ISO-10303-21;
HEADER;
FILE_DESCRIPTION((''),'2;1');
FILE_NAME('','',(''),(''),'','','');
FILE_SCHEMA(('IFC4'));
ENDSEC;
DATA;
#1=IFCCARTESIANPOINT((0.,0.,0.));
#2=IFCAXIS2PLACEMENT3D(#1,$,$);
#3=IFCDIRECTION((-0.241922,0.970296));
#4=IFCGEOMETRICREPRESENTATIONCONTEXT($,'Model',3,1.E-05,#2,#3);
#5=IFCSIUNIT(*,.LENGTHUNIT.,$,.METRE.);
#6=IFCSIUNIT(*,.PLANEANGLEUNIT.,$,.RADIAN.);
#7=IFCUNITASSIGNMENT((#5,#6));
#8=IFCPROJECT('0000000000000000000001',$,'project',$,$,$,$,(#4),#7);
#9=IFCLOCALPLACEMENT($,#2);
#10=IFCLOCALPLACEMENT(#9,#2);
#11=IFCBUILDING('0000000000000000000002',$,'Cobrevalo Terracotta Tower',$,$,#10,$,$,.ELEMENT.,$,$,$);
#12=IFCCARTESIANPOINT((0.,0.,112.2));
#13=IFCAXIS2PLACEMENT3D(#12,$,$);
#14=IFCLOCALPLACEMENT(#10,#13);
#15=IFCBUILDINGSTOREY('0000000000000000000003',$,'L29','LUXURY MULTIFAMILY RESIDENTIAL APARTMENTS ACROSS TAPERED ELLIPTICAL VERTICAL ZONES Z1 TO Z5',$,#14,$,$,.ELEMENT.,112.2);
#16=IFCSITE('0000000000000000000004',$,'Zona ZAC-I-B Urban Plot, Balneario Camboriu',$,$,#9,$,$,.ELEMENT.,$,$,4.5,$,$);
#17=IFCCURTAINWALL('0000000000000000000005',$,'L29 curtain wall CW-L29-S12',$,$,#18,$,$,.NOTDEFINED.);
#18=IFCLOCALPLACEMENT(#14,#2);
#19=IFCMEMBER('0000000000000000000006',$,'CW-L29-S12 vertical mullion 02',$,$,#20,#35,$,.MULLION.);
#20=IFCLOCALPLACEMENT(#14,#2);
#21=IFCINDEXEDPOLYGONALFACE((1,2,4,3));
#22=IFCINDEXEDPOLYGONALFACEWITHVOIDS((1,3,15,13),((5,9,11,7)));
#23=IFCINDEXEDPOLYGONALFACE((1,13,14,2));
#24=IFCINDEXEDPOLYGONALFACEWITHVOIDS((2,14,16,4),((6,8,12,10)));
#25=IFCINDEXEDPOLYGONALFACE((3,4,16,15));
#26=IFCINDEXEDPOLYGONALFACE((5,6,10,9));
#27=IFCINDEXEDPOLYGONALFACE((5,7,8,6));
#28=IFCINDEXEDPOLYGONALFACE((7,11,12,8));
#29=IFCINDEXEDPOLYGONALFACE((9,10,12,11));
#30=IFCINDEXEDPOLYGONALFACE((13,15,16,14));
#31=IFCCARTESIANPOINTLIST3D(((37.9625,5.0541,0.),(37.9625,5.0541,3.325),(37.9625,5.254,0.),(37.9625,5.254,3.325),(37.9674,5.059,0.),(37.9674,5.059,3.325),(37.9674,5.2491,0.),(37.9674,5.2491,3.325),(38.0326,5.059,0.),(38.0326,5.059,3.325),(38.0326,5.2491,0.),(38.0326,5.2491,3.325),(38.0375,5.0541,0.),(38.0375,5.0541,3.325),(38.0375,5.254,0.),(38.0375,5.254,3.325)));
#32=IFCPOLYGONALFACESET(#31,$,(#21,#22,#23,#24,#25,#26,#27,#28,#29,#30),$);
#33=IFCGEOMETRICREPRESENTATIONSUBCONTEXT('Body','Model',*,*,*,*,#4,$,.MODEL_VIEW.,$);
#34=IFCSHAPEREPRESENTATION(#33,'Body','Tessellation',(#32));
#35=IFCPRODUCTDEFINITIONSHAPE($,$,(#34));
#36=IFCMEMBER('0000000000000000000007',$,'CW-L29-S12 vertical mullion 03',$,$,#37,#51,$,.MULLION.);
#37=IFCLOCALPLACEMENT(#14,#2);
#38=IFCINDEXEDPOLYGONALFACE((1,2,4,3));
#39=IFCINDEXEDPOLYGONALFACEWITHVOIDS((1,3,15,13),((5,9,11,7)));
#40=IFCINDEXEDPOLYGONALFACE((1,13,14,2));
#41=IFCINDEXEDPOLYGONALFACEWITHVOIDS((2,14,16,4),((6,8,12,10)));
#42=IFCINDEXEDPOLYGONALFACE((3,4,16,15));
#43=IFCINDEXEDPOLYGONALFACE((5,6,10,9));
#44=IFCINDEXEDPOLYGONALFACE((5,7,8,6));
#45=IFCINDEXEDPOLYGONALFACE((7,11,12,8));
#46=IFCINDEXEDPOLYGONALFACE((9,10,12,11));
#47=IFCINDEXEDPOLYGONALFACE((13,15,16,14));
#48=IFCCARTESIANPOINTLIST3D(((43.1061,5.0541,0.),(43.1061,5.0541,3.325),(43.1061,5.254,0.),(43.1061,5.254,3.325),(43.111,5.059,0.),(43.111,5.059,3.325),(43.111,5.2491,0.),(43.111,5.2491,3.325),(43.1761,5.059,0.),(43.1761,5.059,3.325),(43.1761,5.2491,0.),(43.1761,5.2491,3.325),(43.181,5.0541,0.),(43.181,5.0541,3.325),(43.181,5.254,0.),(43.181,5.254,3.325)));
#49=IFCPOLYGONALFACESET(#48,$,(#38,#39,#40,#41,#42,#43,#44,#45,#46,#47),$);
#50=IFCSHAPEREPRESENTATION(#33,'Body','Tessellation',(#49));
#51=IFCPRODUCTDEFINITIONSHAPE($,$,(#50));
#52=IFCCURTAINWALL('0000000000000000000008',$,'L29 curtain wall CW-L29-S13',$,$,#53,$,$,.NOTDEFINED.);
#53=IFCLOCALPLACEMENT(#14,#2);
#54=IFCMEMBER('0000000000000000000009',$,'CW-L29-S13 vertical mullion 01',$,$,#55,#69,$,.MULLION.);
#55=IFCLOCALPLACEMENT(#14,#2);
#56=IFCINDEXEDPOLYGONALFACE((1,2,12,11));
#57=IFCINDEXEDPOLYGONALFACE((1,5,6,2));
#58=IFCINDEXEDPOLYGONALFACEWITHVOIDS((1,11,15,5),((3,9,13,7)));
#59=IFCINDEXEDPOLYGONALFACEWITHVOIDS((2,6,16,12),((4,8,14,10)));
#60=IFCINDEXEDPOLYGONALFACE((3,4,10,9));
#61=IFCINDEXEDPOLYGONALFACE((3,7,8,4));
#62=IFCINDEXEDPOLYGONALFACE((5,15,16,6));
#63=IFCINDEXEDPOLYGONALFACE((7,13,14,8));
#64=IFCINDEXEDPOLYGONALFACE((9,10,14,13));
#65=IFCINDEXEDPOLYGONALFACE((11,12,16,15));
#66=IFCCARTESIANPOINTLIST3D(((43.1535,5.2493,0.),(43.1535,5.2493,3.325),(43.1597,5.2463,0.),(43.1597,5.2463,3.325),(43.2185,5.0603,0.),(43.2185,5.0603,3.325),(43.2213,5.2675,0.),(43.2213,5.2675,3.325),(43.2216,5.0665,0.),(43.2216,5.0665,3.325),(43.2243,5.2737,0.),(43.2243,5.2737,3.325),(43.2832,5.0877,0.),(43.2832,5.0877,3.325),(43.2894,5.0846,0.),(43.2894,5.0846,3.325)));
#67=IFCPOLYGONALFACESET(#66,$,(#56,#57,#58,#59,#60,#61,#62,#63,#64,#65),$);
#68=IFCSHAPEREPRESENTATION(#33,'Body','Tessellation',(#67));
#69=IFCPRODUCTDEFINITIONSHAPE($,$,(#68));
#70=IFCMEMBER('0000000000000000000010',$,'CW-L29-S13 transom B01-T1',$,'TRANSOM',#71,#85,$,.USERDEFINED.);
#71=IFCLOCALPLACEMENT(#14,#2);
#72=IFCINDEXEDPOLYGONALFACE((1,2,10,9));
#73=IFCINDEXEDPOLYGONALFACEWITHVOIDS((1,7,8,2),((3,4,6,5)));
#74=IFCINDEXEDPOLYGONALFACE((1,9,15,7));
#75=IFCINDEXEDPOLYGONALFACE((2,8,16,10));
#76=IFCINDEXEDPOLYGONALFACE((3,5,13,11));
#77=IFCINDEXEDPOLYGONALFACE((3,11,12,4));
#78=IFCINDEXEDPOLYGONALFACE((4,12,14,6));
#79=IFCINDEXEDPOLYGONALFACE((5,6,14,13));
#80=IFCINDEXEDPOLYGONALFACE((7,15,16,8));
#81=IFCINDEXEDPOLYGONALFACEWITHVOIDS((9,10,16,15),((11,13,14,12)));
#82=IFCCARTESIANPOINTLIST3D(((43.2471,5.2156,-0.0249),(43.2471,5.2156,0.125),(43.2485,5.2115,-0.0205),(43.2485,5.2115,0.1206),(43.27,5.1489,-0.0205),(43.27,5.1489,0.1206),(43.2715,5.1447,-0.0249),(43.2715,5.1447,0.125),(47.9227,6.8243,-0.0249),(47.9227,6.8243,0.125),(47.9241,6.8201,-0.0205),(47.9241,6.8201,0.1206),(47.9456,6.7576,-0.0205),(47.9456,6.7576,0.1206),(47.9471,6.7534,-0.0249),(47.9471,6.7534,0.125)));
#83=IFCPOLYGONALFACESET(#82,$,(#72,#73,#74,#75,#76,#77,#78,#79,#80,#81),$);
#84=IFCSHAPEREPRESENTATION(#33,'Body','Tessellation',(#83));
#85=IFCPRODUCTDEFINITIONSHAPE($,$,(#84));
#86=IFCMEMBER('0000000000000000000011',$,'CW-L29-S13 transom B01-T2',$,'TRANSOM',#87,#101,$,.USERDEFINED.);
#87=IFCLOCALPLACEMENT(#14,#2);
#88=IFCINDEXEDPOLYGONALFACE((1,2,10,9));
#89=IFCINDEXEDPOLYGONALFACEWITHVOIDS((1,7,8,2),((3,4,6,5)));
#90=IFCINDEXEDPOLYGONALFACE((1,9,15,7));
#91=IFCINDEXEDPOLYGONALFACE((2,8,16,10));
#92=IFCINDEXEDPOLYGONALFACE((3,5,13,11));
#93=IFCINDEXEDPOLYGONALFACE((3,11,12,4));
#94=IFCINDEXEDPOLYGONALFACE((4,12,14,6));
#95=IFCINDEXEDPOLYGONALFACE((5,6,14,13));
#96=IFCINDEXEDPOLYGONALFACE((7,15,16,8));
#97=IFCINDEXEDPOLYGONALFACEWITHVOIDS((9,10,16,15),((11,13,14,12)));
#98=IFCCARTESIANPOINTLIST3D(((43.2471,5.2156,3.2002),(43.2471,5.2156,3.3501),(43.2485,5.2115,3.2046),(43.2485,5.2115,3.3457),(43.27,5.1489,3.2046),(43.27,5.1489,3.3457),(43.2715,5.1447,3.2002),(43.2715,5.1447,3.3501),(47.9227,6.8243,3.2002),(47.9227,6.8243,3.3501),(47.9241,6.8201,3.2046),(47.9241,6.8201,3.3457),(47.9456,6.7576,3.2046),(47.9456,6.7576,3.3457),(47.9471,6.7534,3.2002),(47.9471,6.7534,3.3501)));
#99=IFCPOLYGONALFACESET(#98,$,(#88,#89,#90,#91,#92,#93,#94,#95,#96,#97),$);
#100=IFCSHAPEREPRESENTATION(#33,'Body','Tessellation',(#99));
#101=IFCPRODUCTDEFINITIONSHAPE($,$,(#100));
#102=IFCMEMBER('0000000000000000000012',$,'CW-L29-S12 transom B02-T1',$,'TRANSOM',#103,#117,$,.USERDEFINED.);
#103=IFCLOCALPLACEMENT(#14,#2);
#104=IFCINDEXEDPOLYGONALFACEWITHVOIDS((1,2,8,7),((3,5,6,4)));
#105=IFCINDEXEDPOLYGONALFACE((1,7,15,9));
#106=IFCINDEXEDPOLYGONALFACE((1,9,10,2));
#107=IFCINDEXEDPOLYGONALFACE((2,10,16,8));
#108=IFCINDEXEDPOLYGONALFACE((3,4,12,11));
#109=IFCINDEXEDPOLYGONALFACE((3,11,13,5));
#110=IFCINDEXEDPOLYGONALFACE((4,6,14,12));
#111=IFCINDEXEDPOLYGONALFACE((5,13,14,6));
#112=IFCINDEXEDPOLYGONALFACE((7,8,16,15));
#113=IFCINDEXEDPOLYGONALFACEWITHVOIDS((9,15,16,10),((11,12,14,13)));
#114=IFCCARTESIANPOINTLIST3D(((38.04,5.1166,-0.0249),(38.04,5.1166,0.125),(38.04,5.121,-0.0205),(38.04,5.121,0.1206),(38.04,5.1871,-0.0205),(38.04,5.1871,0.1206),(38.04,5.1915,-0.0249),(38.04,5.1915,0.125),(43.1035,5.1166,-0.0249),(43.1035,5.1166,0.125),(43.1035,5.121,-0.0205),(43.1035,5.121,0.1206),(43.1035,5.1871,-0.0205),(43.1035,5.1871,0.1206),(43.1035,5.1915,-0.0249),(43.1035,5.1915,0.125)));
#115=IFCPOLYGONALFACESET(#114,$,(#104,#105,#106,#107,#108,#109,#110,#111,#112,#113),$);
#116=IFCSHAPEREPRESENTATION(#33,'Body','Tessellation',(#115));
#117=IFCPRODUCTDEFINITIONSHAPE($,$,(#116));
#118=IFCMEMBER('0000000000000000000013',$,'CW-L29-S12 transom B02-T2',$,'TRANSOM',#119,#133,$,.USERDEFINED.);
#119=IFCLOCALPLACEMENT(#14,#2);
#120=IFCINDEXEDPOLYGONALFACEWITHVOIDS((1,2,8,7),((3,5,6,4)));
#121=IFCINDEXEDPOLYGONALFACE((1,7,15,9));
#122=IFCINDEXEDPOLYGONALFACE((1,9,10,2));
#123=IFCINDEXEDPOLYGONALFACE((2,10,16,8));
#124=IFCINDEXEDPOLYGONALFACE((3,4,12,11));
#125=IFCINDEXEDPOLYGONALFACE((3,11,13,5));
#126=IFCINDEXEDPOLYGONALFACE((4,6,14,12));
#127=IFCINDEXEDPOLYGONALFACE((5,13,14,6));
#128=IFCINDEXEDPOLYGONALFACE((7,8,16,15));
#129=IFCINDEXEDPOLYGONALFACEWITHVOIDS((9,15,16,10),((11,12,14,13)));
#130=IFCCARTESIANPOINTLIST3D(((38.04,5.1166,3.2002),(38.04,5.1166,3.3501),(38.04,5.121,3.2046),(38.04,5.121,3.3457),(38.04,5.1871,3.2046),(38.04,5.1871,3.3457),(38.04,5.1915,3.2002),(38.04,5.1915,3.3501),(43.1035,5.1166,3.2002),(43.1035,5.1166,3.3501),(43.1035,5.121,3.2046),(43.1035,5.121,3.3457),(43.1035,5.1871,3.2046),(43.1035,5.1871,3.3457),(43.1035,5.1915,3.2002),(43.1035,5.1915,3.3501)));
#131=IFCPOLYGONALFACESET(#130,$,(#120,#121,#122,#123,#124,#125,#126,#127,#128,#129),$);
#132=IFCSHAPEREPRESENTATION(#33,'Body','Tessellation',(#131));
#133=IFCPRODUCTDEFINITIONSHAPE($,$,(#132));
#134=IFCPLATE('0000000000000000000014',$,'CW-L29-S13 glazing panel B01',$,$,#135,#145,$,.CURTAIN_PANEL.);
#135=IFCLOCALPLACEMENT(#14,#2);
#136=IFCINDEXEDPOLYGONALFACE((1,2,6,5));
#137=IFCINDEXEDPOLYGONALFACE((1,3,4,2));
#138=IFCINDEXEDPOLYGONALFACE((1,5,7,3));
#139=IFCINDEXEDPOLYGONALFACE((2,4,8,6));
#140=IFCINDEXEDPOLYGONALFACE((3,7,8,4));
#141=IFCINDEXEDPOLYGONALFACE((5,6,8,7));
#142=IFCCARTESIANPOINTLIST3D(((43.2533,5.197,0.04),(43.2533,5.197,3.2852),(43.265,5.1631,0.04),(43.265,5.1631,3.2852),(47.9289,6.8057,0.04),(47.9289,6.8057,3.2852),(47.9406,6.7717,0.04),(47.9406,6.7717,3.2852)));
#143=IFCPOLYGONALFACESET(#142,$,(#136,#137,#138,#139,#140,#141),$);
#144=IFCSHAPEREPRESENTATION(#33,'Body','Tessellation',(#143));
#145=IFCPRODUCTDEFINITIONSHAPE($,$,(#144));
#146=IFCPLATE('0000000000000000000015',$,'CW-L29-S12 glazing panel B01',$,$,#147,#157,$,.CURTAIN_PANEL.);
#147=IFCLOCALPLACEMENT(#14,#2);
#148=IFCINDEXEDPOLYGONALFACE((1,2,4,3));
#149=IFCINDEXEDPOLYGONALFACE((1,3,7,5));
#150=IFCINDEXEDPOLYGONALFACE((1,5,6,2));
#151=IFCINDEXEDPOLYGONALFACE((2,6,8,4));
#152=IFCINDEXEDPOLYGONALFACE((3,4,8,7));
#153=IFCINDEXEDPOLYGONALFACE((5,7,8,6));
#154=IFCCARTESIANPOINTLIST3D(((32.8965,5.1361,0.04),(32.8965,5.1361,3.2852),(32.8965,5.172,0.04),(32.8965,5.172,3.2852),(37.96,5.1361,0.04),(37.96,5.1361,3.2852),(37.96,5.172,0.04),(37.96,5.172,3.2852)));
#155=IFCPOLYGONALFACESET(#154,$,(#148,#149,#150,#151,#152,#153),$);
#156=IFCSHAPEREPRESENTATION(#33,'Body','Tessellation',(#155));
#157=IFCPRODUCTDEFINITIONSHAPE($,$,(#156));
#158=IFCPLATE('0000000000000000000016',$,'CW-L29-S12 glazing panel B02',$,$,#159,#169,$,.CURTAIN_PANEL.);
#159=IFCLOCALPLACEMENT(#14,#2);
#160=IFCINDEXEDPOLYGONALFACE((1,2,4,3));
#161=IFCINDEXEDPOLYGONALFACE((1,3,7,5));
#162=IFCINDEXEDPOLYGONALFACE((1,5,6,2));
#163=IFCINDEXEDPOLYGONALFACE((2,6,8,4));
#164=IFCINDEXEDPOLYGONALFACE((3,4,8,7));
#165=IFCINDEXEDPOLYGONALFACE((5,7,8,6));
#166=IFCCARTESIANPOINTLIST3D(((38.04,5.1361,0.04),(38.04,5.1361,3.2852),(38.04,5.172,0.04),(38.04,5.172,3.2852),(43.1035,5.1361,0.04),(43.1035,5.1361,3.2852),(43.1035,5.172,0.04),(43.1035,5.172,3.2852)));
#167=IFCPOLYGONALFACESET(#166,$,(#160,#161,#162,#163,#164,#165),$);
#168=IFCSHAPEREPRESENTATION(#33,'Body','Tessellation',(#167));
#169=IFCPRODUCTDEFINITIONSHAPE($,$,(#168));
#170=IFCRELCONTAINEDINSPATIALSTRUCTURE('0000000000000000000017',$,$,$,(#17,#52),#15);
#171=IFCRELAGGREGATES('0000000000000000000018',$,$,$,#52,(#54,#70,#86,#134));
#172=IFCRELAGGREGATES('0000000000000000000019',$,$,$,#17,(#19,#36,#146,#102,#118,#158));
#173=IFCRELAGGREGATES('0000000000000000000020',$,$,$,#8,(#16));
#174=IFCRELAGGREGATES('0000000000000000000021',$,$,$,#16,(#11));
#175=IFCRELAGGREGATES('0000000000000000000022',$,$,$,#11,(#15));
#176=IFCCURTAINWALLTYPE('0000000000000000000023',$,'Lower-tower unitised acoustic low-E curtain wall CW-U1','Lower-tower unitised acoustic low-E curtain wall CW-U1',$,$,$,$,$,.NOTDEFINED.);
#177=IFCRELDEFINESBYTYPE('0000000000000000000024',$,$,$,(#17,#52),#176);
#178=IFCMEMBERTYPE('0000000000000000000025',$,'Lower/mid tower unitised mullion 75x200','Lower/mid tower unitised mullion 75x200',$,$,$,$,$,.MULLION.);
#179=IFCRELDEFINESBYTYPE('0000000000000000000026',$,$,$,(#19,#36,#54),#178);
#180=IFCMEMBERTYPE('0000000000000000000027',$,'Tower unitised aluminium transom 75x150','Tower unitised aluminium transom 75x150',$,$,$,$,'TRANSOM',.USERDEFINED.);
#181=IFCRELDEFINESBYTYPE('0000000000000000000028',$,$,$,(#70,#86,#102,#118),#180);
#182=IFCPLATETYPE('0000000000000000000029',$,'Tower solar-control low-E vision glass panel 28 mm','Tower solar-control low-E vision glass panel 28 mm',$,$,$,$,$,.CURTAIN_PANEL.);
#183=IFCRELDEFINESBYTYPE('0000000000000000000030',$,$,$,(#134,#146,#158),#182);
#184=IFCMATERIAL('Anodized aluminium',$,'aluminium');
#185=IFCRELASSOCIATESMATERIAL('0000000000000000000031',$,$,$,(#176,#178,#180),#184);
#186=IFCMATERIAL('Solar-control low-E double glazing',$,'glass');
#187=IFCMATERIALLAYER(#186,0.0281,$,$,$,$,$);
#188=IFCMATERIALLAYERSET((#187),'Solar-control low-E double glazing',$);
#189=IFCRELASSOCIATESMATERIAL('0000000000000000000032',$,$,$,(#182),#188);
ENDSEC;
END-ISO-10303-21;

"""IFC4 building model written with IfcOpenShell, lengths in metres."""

from ifc_helpers import new_model, si_unit, direction, frame, origin, origin_2d, place, context, subcontext, project, spatial, rectangle, hollow_rectangle, extrude, source, transform, mapped, material, layer, layer_set, material_profile, profile_set, type_object, element, aggregate, save


model = new_model("IFC4")

# Units and contexts
model_context = context("Model", 3, precision=1e-05, world=origin(), true_north=direction((-0.241922, 0.970296)))
body_context = subcontext(model_context, "Body", "Model", "MODEL_VIEW")
ifc_project = project(units=[si_unit("LENGTHUNIT", "METRE"), si_unit("PLANEANGLEUNIT", "RADIAN")], contexts=[model_context])

# Site, building, storey
site_placement = place(None, origin())
site = spatial("IfcSite", under=ifc_project, at=site_placement, Name="Zona ZAC-I-B Urban Plot, Balneario Camboriu", CompositionType="ELEMENT", RefElevation=4.5)
building_placement = place(site_placement, origin())
building = spatial("IfcBuilding", under=site, at=building_placement, Name="Cobrevalo Terracotta Tower", CompositionType="ELEMENT")
storey_placement = place(building_placement, frame((0.0, 0.0, 112.2)))
storey = spatial("IfcBuildingStorey", under=building, at=storey_placement, Name="L29", Description="LUXURY MULTIFAMILY RESIDENTIAL APARTMENTS ACROSS TAPERED ELLIPTICAL VERTICAL ZONES Z1 TO Z5", CompositionType="ELEMENT", Elevation=112.2)

# Curtain walls, members
ifc_material_1 = material(Name="Anodized aluminium", Category="aluminium")
curtain_wall_type = type_object("IfcCurtainWallType", Name="Lower-tower unitised acoustic low-E curtain wall CW-U1", Description="Lower-tower unitised acoustic low-E curtain wall CW-U1", PredefinedType="NOTDEFINED", material=ifc_material_1)
curtain_wall_1_placement = place(storey_placement, origin())
curtain_wall_1 = element("IfcCurtainWall", 1, at=curtain_wall_1_placement, inside=storey, type_object=curtain_wall_type, Name="L29 curtain wall CW-L29-S12", PredefinedType="NOTDEFINED")
ifc_material_profile_1 = material_profile(ifc_material_1, hollow_rectangle(XDim=0.075, YDim=0.2, WallThickness=0.0049, at=origin_2d()), Name="CWM 75x200")
ifc_profile_set_1 = profile_set([ifc_material_profile_1], Name="Anodized aluminium")
member_type_1 = type_object("IfcMemberType", Name="Lower/mid tower unitised mullion 75x200", Description="Lower/mid tower unitised mullion 75x200", PredefinedType="MULLION", material=ifc_profile_set_1)
shared_shape_1 = source(origin(), body_context, "Body", "SweptSolid", [
    extrude(hollow_rectangle(XDim=0.075, YDim=0.2, WallThickness=0.0049, at=origin_2d()), origin(), (0.0, 0.0, 1.0), 3.325),
])
member_1_placement = place(storey_placement, frame((38.0, 5.1541, 0.0), z_axis=(0.0, 0.0, 1.0), x_axis=(1.0, 0.0, 0.0)))
member_1 = element("IfcMember", 2, at=member_1_placement, type_object=member_type_1, Name="CW-L29-S12 vertical mullion 02", PredefinedType="MULLION", context=body_context, shape_type="MappedRepresentation", body=[
    mapped(shared_shape_1, transform((0.0, 0.0, 0.0), scale=1.0)),
])
member_2_placement = place(storey_placement, frame((43.1436, 5.1541, 0.0), z_axis=(0.0, 0.0, 1.0), x_axis=(1.0, 0.0, 0.0)))
member_2 = element("IfcMember", 3, at=member_2_placement, type_object=member_type_1, Name="CW-L29-S12 vertical mullion 03", PredefinedType="MULLION", context=body_context, shape_type="MappedRepresentation", body=[
    mapped(shared_shape_1, transform((0.0, 0.0, 0.0), scale=1.0)),
])
curtain_wall_2_placement = place(storey_placement, origin())
curtain_wall_2 = element("IfcCurtainWall", 4, at=curtain_wall_2_placement, inside=storey, type_object=curtain_wall_type, Name="L29 curtain wall CW-L29-S13", PredefinedType="NOTDEFINED")
member_3_placement = place(storey_placement, frame((43.2214, 5.167, 0.0), z_axis=(0.0, 0.0, 1.0), x_axis=(0.945598, 0.325337, 0.0)))
member_3 = element("IfcMember", 5, at=member_3_placement, type_object=member_type_1, Name="CW-L29-S13 vertical mullion 01", PredefinedType="MULLION", context=body_context, shape_type="MappedRepresentation", body=[
    mapped(shared_shape_1, transform((0.0, 0.0, 0.0), scale=1.0)),
])
ifc_material_profile_2 = material_profile(ifc_material_1, hollow_rectangle(XDim=0.075, YDim=0.1499, WallThickness=0.0044, at=origin_2d()), Name="CWT 75x150")
ifc_profile_set_2 = profile_set([ifc_material_profile_2], Name="Anodized aluminium")
member_type_2 = type_object("IfcMemberType", Name="Tower unitised aluminium transom 75x150", Description="Tower unitised aluminium transom 75x150", ElementType="TRANSOM", PredefinedType="USERDEFINED", material=ifc_profile_set_2)
shared_shape_2 = source(origin(), body_context, "Body", "SweptSolid", [
    extrude(hollow_rectangle(XDim=0.075, YDim=0.1499, WallThickness=0.0044, at=origin_2d()), origin(), (0.0, 0.0, 1.0), 4.9446),
])
member_4_placement = place(storey_placement, frame((43.2593, 5.1802, 0.05), z_axis=(0.945598, 0.325338, 0.0), x_axis=(-0.325338, 0.945598, 0.0)))
member_4 = element("IfcMember", 6, at=member_4_placement, type_object=member_type_2, Name="CW-L29-S13 transom B01-T1", ObjectType="TRANSOM", PredefinedType="USERDEFINED", context=body_context, shape_type="MappedRepresentation", body=[
    mapped(shared_shape_2, transform((0.0, 0.0, 0.0), scale=1.0)),
])
member_5_placement = place(storey_placement, frame((43.2593, 5.1802, 3.2751), z_axis=(0.945598, 0.325338, 0.0), x_axis=(-0.325338, 0.945598, 0.0)))
member_5 = element("IfcMember", 7, at=member_5_placement, type_object=member_type_2, Name="CW-L29-S13 transom B01-T2", ObjectType="TRANSOM", PredefinedType="USERDEFINED", context=body_context, shape_type="MappedRepresentation", body=[
    mapped(shared_shape_2, transform((0.0, 0.0, 0.0), scale=1.0)),
])

# Members
shared_shape_3 = source(origin(), body_context, "Body", "SweptSolid", [
    extrude(hollow_rectangle(XDim=0.075, YDim=0.1499, WallThickness=0.0044, at=origin_2d()), origin(), (0.0, 0.0, 1.0), 5.0635),
])
member_6_placement = place(storey_placement, frame((38.04, 5.1541, 0.05), z_axis=(1.0, 0.0, 0.0), x_axis=(0.0, 1.0, 0.0)))
member_6 = element("IfcMember", 8, at=member_6_placement, type_object=member_type_2, Name="CW-L29-S12 transom B02-T1", ObjectType="TRANSOM", PredefinedType="USERDEFINED", context=body_context, shape_type="MappedRepresentation", body=[
    mapped(shared_shape_3, transform((0.0, 0.0, 0.0), scale=1.0)),
])
member_7_placement = place(storey_placement, frame((38.04, 5.1541, 3.2751), z_axis=(1.0, 0.0, 0.0), x_axis=(0.0, 1.0, 0.0)))
member_7 = element("IfcMember", 9, at=member_7_placement, type_object=member_type_2, Name="CW-L29-S12 transom B02-T2", ObjectType="TRANSOM", PredefinedType="USERDEFINED", context=body_context, shape_type="MappedRepresentation", body=[
    mapped(shared_shape_3, transform((0.0, 0.0, 0.0), scale=1.0)),
])

# Plates
ifc_material_2 = material(Name="Solar-control low-E double glazing", Category="glass")
ifc_layer_1 = layer(ifc_material_2, 0.0281)
ifc_layer_set_1 = layer_set([ifc_layer_1], Name="Solar-control low-E double glazing")
plate_type = type_object("IfcPlateType", Name="Tower solar-control low-E vision glass panel 28 mm", Description="Tower solar-control low-E vision glass panel 28 mm", PredefinedType="CURTAIN_PANEL", material=ifc_layer_set_1)
shared_shape_4 = source(origin(), body_context, "Body", "SweptSolid", [
    extrude(rectangle(XDim=4.9446, YDim=0.0359, at=origin_2d()), origin(), (0.0, 0.0, 1.0), 3.2451),
])
plate_1_placement = place(storey_placement, frame((45.5969, 5.9844, 0.04), z_axis=(0.0, 0.0, 1.0), x_axis=(0.945596, 0.325342, 0.0)))
plate_1 = element("IfcPlate", 10, at=plate_1_placement, type_object=plate_type, Name="CW-L29-S13 glazing panel B01", PredefinedType="CURTAIN_PANEL", context=body_context, shape_type="MappedRepresentation", body=[
    mapped(shared_shape_4, transform((0.0, 0.0, 0.0), scale=1.0)),
])
aggregate(curtain_wall_2, [member_3, member_4, member_5, plate_1])
shared_shape_5 = source(origin(), body_context, "Body", "SweptSolid", [
    extrude(rectangle(XDim=5.0635, YDim=0.0359, at=origin_2d()), origin(), (0.0, 0.0, 1.0), 3.2451),
])
plate_2_placement = place(storey_placement, frame((35.4282, 5.1541, 0.04), z_axis=(0.0, 0.0, 1.0), x_axis=(1.0, 0.0, 0.0)))
plate_2 = element("IfcPlate", 11, at=plate_2_placement, type_object=plate_type, Name="CW-L29-S12 glazing panel B01", PredefinedType="CURTAIN_PANEL", context=body_context, shape_type="MappedRepresentation", body=[
    mapped(shared_shape_5, transform((0.0, 0.0, 0.0), scale=1.0)),
])
plate_3_placement = place(storey_placement, frame((40.5718, 5.1541, 0.04), z_axis=(0.0, 0.0, 1.0), x_axis=(1.0, 0.0, 0.0)))
plate_3 = element("IfcPlate", 12, at=plate_3_placement, type_object=plate_type, Name="CW-L29-S12 glazing panel B02", PredefinedType="CURTAIN_PANEL", context=body_context, shape_type="MappedRepresentation", body=[
    mapped(shared_shape_5, transform((0.0, 0.0, 0.0), scale=1.0)),
])
aggregate(curtain_wall_1, [member_1, member_2, plate_2, member_6, member_7, plate_3])

save(model, "model.ifc")
